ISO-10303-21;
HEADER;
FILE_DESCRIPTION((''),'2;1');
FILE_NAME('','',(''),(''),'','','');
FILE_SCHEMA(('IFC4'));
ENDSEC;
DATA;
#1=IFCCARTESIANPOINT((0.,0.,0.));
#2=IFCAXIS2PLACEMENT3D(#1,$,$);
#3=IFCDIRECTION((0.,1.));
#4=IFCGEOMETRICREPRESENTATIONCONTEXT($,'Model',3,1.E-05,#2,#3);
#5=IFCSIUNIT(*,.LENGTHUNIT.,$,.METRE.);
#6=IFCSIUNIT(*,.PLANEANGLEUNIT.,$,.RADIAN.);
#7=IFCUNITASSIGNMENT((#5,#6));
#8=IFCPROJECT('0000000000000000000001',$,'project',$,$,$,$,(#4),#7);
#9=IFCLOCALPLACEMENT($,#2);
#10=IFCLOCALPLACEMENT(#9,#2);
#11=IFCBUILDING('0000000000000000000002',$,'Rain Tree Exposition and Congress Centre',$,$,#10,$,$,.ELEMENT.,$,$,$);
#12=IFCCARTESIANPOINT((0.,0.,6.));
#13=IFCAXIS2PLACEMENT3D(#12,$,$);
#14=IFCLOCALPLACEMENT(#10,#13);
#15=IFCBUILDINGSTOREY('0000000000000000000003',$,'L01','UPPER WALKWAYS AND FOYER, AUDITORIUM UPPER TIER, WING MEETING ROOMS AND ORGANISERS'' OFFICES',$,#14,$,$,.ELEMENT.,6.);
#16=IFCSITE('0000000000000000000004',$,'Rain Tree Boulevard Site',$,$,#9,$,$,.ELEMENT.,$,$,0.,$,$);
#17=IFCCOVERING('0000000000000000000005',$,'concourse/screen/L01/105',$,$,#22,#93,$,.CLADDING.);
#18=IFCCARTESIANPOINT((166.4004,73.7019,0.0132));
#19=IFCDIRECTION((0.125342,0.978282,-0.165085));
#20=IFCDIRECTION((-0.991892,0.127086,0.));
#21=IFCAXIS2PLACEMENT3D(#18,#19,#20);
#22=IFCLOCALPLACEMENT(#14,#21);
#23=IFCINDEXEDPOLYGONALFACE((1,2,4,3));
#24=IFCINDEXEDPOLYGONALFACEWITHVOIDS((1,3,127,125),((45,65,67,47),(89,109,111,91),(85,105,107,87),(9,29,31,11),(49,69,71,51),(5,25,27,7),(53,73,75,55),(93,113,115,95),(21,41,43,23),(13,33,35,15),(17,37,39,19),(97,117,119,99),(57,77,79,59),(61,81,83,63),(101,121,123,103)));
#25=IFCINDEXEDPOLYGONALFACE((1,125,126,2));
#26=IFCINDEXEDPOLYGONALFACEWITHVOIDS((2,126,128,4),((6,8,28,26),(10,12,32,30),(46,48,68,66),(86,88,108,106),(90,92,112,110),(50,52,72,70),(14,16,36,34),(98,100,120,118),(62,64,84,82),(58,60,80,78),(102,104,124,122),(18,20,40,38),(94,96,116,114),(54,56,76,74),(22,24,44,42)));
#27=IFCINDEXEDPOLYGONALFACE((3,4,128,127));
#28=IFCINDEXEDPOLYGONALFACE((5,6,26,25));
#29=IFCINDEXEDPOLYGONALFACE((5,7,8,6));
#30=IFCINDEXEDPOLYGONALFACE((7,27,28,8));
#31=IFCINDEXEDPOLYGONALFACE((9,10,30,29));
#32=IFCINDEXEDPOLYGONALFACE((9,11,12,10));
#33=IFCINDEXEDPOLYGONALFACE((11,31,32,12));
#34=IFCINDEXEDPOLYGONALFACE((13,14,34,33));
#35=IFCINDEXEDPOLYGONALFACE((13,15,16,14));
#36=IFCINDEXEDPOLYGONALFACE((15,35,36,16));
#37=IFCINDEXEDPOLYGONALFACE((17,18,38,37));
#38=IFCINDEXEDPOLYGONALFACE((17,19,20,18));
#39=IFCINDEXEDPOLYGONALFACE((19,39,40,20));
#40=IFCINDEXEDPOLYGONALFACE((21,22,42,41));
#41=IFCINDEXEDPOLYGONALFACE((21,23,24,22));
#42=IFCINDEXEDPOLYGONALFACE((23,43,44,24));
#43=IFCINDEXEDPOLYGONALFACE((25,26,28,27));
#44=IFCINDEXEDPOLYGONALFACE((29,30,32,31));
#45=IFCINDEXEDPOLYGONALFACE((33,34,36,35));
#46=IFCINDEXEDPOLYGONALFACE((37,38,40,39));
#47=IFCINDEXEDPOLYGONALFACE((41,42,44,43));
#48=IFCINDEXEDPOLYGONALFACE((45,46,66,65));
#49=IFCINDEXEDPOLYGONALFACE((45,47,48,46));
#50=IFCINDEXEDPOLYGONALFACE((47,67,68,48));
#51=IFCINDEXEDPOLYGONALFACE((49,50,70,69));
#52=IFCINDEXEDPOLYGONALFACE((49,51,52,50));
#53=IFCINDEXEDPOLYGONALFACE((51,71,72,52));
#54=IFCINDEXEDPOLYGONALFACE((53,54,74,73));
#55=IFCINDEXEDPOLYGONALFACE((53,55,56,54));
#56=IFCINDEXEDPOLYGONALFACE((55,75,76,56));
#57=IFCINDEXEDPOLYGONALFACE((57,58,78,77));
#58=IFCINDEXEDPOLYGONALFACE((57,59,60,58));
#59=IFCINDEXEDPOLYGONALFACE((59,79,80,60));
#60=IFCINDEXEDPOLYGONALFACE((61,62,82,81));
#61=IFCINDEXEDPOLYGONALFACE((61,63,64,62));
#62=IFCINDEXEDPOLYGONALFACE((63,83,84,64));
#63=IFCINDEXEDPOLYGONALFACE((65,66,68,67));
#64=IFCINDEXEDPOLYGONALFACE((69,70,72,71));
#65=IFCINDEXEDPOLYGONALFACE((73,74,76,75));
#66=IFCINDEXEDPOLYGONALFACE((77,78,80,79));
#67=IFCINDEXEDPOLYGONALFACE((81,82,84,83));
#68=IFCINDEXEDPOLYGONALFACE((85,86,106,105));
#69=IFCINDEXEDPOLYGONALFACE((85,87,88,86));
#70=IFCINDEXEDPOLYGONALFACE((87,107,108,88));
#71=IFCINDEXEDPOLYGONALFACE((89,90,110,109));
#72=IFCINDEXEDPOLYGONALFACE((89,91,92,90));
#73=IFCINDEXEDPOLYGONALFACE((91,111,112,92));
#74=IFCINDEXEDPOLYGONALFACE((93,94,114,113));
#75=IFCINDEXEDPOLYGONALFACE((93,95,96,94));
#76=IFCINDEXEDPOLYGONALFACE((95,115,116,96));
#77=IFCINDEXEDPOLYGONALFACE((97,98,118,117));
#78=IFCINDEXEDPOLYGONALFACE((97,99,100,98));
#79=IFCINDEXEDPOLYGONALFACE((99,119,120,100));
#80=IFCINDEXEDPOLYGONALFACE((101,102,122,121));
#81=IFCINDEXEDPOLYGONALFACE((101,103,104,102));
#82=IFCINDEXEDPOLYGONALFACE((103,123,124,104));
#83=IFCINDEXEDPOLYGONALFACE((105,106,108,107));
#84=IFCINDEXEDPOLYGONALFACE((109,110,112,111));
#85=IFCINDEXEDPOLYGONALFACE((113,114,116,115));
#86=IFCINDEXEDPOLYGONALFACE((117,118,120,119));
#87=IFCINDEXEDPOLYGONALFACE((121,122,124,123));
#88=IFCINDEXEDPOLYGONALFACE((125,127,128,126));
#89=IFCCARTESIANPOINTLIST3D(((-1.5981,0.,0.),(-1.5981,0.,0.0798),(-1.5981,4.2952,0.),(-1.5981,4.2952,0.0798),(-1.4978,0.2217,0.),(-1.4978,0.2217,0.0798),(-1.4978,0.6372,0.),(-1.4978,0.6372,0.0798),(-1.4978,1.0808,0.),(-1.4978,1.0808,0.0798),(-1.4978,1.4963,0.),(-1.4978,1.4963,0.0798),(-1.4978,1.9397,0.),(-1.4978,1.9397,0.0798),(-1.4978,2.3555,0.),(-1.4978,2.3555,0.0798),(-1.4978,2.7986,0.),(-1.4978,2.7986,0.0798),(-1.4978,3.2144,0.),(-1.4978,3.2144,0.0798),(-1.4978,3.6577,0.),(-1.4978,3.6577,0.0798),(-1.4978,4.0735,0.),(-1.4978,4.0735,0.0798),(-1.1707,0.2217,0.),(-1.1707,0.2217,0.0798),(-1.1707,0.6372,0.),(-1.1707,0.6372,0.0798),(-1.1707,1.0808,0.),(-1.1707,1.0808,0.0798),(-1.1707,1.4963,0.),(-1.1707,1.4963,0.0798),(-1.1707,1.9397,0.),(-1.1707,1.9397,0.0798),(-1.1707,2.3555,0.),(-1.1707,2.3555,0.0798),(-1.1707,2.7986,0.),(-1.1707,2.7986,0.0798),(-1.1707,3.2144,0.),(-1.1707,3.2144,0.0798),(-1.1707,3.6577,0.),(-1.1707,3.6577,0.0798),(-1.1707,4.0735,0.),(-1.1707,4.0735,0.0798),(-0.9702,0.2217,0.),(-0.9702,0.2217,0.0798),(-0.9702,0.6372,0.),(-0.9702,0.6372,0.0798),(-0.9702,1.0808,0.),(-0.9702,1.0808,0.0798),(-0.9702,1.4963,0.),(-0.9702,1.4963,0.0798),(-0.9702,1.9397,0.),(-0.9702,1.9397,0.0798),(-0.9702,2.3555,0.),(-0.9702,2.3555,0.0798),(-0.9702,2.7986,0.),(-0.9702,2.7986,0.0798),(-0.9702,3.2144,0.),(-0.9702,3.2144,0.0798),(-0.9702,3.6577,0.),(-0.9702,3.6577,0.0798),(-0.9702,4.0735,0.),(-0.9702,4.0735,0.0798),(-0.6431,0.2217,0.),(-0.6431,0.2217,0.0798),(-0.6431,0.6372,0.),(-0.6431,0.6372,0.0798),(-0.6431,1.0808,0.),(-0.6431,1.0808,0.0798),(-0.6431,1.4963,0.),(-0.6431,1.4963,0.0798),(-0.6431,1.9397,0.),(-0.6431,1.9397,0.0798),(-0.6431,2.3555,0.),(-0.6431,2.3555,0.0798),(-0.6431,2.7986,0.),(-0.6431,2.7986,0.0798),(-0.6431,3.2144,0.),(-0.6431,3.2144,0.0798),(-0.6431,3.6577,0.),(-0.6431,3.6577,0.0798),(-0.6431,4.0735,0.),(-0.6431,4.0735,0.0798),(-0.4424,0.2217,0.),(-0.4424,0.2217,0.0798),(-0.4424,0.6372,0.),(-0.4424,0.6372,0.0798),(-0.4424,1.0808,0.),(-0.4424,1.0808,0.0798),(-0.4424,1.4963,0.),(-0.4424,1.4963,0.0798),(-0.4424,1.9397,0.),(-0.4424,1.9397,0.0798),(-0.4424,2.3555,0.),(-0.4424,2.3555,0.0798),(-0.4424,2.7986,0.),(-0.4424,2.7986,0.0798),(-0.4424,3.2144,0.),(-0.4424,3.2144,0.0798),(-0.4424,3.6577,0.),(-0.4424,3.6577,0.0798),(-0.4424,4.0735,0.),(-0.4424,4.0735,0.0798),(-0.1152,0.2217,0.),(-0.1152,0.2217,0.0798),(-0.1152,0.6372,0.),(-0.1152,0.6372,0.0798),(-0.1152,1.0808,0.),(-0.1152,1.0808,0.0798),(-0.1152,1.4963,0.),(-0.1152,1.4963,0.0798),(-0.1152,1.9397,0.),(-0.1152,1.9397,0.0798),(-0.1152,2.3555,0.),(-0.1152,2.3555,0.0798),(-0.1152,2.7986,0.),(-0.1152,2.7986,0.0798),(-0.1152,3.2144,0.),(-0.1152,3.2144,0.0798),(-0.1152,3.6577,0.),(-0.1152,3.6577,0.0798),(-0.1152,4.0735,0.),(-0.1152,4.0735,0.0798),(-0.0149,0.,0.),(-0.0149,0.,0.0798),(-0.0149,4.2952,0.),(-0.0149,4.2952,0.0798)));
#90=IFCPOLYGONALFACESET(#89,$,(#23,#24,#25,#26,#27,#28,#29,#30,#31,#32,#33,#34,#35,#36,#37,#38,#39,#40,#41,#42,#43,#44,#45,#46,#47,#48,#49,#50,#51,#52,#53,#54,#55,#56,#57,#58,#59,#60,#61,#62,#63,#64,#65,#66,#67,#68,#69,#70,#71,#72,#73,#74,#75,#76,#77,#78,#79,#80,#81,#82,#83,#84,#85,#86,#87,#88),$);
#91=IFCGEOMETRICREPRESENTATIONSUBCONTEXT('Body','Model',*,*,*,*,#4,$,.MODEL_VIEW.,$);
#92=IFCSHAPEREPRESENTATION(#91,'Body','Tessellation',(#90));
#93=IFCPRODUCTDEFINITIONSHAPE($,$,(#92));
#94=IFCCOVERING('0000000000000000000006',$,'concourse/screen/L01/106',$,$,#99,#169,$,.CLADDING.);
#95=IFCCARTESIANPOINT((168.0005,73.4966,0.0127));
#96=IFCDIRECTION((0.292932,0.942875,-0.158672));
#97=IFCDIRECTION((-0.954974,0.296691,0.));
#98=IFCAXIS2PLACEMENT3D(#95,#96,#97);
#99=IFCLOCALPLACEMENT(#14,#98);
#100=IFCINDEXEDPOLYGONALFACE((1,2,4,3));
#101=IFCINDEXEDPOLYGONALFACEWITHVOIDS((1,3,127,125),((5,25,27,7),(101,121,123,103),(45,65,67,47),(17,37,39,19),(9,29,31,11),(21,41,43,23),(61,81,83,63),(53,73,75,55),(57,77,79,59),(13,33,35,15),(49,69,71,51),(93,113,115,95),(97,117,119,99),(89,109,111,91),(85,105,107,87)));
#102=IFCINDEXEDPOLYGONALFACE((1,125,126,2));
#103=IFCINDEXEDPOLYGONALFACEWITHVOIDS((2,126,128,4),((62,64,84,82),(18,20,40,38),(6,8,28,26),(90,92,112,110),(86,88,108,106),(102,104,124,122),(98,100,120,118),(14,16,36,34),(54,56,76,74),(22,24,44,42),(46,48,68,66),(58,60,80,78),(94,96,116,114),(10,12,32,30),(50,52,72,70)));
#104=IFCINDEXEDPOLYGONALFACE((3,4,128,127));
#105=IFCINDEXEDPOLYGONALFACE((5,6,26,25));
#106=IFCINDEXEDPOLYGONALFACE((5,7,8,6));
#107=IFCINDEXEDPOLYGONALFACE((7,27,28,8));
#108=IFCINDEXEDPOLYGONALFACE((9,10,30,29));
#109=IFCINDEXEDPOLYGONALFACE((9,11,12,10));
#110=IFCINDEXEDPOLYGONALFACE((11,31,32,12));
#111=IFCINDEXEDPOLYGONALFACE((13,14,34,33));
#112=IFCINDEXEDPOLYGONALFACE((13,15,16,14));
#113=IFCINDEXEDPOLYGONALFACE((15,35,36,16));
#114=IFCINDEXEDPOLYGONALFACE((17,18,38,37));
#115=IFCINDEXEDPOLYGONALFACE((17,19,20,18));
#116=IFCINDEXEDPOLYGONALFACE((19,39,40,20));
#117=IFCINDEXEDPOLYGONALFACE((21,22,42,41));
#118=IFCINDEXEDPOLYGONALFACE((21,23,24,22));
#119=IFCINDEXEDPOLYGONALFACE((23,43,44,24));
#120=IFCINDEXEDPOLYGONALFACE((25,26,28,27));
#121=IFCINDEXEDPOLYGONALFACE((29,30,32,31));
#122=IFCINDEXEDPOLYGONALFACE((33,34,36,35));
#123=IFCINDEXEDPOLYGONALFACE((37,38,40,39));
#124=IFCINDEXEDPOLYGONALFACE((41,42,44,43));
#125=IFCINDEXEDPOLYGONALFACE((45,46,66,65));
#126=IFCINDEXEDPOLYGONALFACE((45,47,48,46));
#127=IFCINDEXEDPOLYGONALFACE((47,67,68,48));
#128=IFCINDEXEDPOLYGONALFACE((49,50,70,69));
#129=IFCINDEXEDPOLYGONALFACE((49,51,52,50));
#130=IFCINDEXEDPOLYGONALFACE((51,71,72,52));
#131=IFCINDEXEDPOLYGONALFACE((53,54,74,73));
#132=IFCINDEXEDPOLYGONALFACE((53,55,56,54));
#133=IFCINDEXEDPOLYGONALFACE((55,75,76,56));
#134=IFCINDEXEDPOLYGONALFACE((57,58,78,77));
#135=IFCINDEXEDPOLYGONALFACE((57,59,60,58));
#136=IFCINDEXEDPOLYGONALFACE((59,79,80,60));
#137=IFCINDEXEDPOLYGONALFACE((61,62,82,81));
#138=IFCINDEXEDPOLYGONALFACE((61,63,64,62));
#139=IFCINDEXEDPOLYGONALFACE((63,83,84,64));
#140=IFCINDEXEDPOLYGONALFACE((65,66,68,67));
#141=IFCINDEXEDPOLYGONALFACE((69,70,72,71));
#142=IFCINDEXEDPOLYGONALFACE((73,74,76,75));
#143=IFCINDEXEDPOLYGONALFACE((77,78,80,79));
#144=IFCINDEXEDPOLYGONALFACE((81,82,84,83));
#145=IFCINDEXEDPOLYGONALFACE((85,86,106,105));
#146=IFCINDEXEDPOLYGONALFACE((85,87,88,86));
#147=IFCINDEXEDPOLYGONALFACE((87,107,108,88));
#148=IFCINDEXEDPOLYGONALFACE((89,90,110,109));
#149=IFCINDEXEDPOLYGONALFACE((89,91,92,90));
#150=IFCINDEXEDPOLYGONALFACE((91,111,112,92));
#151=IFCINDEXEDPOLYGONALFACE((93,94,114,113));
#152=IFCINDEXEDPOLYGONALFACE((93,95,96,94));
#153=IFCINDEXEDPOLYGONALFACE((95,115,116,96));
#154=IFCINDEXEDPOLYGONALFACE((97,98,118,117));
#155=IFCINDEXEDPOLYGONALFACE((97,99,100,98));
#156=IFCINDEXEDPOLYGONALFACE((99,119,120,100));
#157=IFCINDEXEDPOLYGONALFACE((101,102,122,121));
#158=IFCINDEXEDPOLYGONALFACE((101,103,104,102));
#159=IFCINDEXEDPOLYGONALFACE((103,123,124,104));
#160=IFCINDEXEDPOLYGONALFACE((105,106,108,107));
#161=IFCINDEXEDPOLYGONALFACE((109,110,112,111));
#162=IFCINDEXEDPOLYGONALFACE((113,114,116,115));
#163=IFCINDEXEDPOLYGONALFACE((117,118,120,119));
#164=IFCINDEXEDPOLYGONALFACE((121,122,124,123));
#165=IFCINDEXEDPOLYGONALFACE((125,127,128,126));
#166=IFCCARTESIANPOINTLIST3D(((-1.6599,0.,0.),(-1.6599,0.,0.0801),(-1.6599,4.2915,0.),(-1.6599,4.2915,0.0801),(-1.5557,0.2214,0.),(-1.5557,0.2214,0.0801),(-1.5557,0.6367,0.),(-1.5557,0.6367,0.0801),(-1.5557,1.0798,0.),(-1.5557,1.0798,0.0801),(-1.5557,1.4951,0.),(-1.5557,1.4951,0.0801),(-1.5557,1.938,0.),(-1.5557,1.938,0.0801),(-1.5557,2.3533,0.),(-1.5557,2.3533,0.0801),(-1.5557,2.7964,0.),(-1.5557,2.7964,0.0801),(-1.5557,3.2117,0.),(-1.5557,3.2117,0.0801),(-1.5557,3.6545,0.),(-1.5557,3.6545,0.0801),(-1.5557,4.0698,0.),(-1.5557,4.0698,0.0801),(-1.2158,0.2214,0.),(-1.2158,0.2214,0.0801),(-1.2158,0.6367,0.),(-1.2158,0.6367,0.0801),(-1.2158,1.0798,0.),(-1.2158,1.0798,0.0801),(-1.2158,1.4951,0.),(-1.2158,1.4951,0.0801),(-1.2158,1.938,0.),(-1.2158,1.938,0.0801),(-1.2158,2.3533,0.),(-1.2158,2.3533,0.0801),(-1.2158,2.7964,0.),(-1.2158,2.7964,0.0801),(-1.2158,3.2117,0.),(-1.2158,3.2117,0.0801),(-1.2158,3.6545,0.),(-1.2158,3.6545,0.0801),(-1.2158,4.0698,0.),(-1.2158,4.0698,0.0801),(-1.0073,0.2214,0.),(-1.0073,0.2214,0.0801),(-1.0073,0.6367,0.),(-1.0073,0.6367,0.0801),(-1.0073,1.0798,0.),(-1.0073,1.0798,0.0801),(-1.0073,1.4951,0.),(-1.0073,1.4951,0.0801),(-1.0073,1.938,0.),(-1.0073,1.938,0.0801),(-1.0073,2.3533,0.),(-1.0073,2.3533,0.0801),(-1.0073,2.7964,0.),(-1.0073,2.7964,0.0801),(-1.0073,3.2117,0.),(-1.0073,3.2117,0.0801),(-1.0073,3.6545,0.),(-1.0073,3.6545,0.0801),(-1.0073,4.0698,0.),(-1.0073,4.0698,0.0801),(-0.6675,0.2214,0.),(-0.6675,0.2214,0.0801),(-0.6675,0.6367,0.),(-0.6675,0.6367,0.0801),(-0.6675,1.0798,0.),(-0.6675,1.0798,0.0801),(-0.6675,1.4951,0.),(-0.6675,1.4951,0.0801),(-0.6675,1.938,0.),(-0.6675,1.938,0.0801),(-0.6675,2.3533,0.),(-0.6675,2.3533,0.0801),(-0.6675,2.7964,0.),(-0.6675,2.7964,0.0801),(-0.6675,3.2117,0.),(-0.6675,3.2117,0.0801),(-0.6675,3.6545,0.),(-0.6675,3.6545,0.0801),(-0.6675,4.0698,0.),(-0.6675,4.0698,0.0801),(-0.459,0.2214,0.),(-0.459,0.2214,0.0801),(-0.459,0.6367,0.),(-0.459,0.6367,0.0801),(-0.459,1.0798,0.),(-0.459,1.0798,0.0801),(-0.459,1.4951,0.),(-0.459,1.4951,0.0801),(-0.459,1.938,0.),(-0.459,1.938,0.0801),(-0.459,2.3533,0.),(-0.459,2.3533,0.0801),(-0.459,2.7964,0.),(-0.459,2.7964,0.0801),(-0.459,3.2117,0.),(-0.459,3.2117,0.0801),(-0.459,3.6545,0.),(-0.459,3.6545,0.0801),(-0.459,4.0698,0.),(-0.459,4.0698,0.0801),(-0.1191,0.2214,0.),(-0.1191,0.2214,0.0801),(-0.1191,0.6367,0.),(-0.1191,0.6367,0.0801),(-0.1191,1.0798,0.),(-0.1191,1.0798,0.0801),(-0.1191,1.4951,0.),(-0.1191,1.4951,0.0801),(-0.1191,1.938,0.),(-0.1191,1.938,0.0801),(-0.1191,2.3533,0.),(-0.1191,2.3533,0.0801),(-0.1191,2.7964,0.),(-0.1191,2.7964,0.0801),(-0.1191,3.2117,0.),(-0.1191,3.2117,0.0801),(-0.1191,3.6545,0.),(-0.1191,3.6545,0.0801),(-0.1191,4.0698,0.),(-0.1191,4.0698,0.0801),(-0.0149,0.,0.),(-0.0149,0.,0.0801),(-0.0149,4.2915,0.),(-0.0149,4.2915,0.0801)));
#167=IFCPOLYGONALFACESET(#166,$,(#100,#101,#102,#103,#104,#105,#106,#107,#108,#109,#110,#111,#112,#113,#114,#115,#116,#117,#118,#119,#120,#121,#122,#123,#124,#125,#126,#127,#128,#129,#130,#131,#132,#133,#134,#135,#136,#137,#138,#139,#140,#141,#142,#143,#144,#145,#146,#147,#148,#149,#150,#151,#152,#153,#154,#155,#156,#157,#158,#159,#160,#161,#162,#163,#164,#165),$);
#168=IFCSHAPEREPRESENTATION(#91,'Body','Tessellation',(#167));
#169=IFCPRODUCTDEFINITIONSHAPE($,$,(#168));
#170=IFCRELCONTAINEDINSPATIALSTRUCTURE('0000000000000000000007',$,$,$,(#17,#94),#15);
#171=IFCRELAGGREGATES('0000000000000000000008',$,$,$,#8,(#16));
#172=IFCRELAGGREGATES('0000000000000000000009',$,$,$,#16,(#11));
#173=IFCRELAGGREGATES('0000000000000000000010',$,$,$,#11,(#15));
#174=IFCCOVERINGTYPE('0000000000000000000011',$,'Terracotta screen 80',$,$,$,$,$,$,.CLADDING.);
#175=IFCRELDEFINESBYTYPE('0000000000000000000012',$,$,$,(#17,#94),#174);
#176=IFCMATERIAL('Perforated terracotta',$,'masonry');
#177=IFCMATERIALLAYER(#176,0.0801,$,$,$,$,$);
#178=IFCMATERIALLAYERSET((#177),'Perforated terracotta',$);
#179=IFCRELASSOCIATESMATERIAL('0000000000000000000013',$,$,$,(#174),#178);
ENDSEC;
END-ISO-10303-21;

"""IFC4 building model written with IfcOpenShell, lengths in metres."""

from ifc_helpers import new_model, si_unit, direction, frame, origin, place, context, subcontext, project, spatial, polyline, outline, extrude, material, layer, layer_set, type_object, element, save


model = new_model("IFC4")

# Units and contexts
model_context = context("Model", 3, precision=1e-05, world=origin(), true_north=direction((0.0, 1.0)))
body_context = subcontext(model_context, "Body", "Model", "MODEL_VIEW")
ifc_project = project(units=[si_unit("LENGTHUNIT", "METRE"), si_unit("PLANEANGLEUNIT", "RADIAN")], contexts=[model_context])

# Site, building, storey
site_placement = place(None, origin())
site = spatial("IfcSite", under=ifc_project, at=site_placement, Name="Rain Tree Boulevard Site", CompositionType="ELEMENT", RefElevation=0.0)
building_placement = place(site_placement, origin())
building = spatial("IfcBuilding", under=site, at=building_placement, Name="Rain Tree Exposition and Congress Centre", CompositionType="ELEMENT")
storey_placement = place(building_placement, frame((0.0, 0.0, 6.0)))
storey = spatial("IfcBuildingStorey", under=building, at=storey_placement, Name="L01", Description="UPPER WALKWAYS AND FOYER, AUDITORIUM UPPER TIER, WING MEETING ROOMS AND ORGANISERS' OFFICES", CompositionType="ELEMENT", Elevation=6.0)

# Coverings
ifc_material_1 = material(Name="Perforated terracotta", Category="masonry")
ifc_layer_1 = layer(ifc_material_1, 0.0801)
ifc_layer_set_1 = layer_set([ifc_layer_1], Name="Perforated terracotta")
covering_type = type_object("IfcCoveringType", Name="Terracotta screen 80", PredefinedType="CLADDING", material=ifc_layer_set_1)
covering_1_placement = place(storey_placement, frame((166.4004, 73.7019, 0.0132), z_axis=(0.125342, 0.978282, -0.165085), x_axis=(-0.991892, 0.127086, 0.0)))
element("IfcCovering", 1, at=covering_1_placement, inside=storey, type_object=covering_type, Name="concourse/screen/L01/105", PredefinedType="CLADDING", context=body_context, shape_type="SweptSolid", body=[
    extrude(outline(polyline([(-1.5981, 0.0), (-1.5981, 4.2952), (-0.0149, 4.2952), (-0.0149, 0.0), (-1.5981, 0.0)]), holes=[polyline([(-0.1152, 0.2217), (-0.1152, 0.6372), (-0.4424, 0.6372), (-0.4424, 0.2217), (-0.1152, 0.2217)]), polyline([(-0.1152, 1.0808), (-0.1152, 1.4963), (-0.4424, 1.4963), (-0.4424, 1.0808), (-0.1152, 1.0808)]), polyline([(-0.1152, 1.9397), (-0.1152, 2.3555), (-0.4424, 2.3555), (-0.4424, 1.9397), (-0.1152, 1.9397)]), polyline([(-0.1152, 2.7986), (-0.1152, 3.2144), (-0.4424, 3.2144), (-0.4424, 2.7986), (-0.1152, 2.7986)]), polyline([(-0.1152, 3.6577), (-0.1152, 4.0735), (-0.4424, 4.0735), (-0.4424, 3.6577), (-0.1152, 3.6577)]), polyline([(-0.6431, 0.2217), (-0.6431, 0.6372), (-0.9702, 0.6372), (-0.9702, 0.2217), (-0.6431, 0.2217)]), polyline([(-0.6431, 1.0808), (-0.6431, 1.4963), (-0.9702, 1.4963), (-0.9702, 1.0808), (-0.6431, 1.0808)]), polyline([(-0.6431, 1.9397), (-0.6431, 2.3555), (-0.9702, 2.3555), (-0.9702, 1.9397), (-0.6431, 1.9397)]), polyline([(-0.6431, 2.7986), (-0.6431, 3.2144), (-0.9702, 3.2144), (-0.9702, 2.7986), (-0.6431, 2.7986)]), polyline([(-0.6431, 3.6577), (-0.6431, 4.0735), (-0.9702, 4.0735), (-0.9702, 3.6577), (-0.6431, 3.6577)]), polyline([(-1.1707, 0.2217), (-1.1707, 0.6372), (-1.4978, 0.6372), (-1.4978, 0.2217), (-1.1707, 0.2217)]), polyline([(-1.1707, 1.0808), (-1.1707, 1.4963), (-1.4978, 1.4963), (-1.4978, 1.0808), (-1.1707, 1.0808)]), polyline([(-1.1707, 1.9397), (-1.1707, 2.3555), (-1.4978, 2.3555), (-1.4978, 1.9397), (-1.1707, 1.9397)]), polyline([(-1.1707, 2.7986), (-1.1707, 3.2144), (-1.4978, 3.2144), (-1.4978, 2.7986), (-1.1707, 2.7986)]), polyline([(-1.1707, 3.6577), (-1.1707, 4.0735), (-1.4978, 4.0735), (-1.4978, 3.6577), (-1.1707, 3.6577)])]), origin(), (0.0, 0.0, 1.0), 0.0798),
])
covering_2_placement = place(storey_placement, frame((168.0005, 73.4966, 0.0127), z_axis=(0.292932, 0.942875, -0.158672), x_axis=(-0.954974, 0.296691, 0.0)))
element("IfcCovering", 2, at=covering_2_placement, inside=storey, type_object=covering_type, Name="concourse/screen/L01/106", PredefinedType="CLADDING", context=body_context, shape_type="SweptSolid", body=[
    extrude(outline(polyline([(-1.6599, 0.0), (-1.6599, 4.2915), (-0.0149, 4.2915), (-0.0149, 0.0), (-1.6599, 0.0)]), holes=[polyline([(-0.1191, 0.2214), (-0.1191, 0.6367), (-0.459, 0.6367), (-0.459, 0.2214), (-0.1191, 0.2214)]), polyline([(-0.1191, 1.0798), (-0.1191, 1.4951), (-0.459, 1.4951), (-0.459, 1.0798), (-0.1191, 1.0798)]), polyline([(-0.1191, 1.938), (-0.1191, 2.3533), (-0.459, 2.3533), (-0.459, 1.938), (-0.1191, 1.938)]), polyline([(-0.1191, 2.7964), (-0.1191, 3.2117), (-0.459, 3.2117), (-0.459, 2.7964), (-0.1191, 2.7964)]), polyline([(-0.1191, 3.6545), (-0.1191, 4.0698), (-0.459, 4.0698), (-0.459, 3.6545), (-0.1191, 3.6545)]), polyline([(-0.6675, 0.2214), (-0.6675, 0.6367), (-1.0073, 0.6367), (-1.0073, 0.2214), (-0.6675, 0.2214)]), polyline([(-0.6675, 1.0798), (-0.6675, 1.4951), (-1.0073, 1.4951), (-1.0073, 1.0798), (-0.6675, 1.0798)]), polyline([(-0.6675, 1.938), (-0.6675, 2.3533), (-1.0073, 2.3533), (-1.0073, 1.938), (-0.6675, 1.938)]), polyline([(-0.6675, 2.7964), (-0.6675, 3.2117), (-1.0073, 3.2117), (-1.0073, 2.7964), (-0.6675, 2.7964)]), polyline([(-0.6675, 3.6545), (-0.6675, 4.0698), (-1.0073, 4.0698), (-1.0073, 3.6545), (-0.6675, 3.6545)]), polyline([(-1.2158, 0.2214), (-1.2158, 0.6367), (-1.5557, 0.6367), (-1.5557, 0.2214), (-1.2158, 0.2214)]), polyline([(-1.2158, 1.0798), (-1.2158, 1.4951), (-1.5557, 1.4951), (-1.5557, 1.0798), (-1.2158, 1.0798)]), polyline([(-1.2158, 1.938), (-1.2158, 2.3533), (-1.5557, 2.3533), (-1.5557, 1.938), (-1.2158, 1.938)]), polyline([(-1.2158, 2.7964), (-1.2158, 3.2117), (-1.5557, 3.2117), (-1.5557, 2.7964), (-1.2158, 2.7964)]), polyline([(-1.2158, 3.6545), (-1.2158, 4.0698), (-1.5557, 4.0698), (-1.5557, 3.6545), (-1.2158, 3.6545)])]), origin(), (0.0, 0.0, 1.0), 0.0801),
])

save(model, "model.ifc")
